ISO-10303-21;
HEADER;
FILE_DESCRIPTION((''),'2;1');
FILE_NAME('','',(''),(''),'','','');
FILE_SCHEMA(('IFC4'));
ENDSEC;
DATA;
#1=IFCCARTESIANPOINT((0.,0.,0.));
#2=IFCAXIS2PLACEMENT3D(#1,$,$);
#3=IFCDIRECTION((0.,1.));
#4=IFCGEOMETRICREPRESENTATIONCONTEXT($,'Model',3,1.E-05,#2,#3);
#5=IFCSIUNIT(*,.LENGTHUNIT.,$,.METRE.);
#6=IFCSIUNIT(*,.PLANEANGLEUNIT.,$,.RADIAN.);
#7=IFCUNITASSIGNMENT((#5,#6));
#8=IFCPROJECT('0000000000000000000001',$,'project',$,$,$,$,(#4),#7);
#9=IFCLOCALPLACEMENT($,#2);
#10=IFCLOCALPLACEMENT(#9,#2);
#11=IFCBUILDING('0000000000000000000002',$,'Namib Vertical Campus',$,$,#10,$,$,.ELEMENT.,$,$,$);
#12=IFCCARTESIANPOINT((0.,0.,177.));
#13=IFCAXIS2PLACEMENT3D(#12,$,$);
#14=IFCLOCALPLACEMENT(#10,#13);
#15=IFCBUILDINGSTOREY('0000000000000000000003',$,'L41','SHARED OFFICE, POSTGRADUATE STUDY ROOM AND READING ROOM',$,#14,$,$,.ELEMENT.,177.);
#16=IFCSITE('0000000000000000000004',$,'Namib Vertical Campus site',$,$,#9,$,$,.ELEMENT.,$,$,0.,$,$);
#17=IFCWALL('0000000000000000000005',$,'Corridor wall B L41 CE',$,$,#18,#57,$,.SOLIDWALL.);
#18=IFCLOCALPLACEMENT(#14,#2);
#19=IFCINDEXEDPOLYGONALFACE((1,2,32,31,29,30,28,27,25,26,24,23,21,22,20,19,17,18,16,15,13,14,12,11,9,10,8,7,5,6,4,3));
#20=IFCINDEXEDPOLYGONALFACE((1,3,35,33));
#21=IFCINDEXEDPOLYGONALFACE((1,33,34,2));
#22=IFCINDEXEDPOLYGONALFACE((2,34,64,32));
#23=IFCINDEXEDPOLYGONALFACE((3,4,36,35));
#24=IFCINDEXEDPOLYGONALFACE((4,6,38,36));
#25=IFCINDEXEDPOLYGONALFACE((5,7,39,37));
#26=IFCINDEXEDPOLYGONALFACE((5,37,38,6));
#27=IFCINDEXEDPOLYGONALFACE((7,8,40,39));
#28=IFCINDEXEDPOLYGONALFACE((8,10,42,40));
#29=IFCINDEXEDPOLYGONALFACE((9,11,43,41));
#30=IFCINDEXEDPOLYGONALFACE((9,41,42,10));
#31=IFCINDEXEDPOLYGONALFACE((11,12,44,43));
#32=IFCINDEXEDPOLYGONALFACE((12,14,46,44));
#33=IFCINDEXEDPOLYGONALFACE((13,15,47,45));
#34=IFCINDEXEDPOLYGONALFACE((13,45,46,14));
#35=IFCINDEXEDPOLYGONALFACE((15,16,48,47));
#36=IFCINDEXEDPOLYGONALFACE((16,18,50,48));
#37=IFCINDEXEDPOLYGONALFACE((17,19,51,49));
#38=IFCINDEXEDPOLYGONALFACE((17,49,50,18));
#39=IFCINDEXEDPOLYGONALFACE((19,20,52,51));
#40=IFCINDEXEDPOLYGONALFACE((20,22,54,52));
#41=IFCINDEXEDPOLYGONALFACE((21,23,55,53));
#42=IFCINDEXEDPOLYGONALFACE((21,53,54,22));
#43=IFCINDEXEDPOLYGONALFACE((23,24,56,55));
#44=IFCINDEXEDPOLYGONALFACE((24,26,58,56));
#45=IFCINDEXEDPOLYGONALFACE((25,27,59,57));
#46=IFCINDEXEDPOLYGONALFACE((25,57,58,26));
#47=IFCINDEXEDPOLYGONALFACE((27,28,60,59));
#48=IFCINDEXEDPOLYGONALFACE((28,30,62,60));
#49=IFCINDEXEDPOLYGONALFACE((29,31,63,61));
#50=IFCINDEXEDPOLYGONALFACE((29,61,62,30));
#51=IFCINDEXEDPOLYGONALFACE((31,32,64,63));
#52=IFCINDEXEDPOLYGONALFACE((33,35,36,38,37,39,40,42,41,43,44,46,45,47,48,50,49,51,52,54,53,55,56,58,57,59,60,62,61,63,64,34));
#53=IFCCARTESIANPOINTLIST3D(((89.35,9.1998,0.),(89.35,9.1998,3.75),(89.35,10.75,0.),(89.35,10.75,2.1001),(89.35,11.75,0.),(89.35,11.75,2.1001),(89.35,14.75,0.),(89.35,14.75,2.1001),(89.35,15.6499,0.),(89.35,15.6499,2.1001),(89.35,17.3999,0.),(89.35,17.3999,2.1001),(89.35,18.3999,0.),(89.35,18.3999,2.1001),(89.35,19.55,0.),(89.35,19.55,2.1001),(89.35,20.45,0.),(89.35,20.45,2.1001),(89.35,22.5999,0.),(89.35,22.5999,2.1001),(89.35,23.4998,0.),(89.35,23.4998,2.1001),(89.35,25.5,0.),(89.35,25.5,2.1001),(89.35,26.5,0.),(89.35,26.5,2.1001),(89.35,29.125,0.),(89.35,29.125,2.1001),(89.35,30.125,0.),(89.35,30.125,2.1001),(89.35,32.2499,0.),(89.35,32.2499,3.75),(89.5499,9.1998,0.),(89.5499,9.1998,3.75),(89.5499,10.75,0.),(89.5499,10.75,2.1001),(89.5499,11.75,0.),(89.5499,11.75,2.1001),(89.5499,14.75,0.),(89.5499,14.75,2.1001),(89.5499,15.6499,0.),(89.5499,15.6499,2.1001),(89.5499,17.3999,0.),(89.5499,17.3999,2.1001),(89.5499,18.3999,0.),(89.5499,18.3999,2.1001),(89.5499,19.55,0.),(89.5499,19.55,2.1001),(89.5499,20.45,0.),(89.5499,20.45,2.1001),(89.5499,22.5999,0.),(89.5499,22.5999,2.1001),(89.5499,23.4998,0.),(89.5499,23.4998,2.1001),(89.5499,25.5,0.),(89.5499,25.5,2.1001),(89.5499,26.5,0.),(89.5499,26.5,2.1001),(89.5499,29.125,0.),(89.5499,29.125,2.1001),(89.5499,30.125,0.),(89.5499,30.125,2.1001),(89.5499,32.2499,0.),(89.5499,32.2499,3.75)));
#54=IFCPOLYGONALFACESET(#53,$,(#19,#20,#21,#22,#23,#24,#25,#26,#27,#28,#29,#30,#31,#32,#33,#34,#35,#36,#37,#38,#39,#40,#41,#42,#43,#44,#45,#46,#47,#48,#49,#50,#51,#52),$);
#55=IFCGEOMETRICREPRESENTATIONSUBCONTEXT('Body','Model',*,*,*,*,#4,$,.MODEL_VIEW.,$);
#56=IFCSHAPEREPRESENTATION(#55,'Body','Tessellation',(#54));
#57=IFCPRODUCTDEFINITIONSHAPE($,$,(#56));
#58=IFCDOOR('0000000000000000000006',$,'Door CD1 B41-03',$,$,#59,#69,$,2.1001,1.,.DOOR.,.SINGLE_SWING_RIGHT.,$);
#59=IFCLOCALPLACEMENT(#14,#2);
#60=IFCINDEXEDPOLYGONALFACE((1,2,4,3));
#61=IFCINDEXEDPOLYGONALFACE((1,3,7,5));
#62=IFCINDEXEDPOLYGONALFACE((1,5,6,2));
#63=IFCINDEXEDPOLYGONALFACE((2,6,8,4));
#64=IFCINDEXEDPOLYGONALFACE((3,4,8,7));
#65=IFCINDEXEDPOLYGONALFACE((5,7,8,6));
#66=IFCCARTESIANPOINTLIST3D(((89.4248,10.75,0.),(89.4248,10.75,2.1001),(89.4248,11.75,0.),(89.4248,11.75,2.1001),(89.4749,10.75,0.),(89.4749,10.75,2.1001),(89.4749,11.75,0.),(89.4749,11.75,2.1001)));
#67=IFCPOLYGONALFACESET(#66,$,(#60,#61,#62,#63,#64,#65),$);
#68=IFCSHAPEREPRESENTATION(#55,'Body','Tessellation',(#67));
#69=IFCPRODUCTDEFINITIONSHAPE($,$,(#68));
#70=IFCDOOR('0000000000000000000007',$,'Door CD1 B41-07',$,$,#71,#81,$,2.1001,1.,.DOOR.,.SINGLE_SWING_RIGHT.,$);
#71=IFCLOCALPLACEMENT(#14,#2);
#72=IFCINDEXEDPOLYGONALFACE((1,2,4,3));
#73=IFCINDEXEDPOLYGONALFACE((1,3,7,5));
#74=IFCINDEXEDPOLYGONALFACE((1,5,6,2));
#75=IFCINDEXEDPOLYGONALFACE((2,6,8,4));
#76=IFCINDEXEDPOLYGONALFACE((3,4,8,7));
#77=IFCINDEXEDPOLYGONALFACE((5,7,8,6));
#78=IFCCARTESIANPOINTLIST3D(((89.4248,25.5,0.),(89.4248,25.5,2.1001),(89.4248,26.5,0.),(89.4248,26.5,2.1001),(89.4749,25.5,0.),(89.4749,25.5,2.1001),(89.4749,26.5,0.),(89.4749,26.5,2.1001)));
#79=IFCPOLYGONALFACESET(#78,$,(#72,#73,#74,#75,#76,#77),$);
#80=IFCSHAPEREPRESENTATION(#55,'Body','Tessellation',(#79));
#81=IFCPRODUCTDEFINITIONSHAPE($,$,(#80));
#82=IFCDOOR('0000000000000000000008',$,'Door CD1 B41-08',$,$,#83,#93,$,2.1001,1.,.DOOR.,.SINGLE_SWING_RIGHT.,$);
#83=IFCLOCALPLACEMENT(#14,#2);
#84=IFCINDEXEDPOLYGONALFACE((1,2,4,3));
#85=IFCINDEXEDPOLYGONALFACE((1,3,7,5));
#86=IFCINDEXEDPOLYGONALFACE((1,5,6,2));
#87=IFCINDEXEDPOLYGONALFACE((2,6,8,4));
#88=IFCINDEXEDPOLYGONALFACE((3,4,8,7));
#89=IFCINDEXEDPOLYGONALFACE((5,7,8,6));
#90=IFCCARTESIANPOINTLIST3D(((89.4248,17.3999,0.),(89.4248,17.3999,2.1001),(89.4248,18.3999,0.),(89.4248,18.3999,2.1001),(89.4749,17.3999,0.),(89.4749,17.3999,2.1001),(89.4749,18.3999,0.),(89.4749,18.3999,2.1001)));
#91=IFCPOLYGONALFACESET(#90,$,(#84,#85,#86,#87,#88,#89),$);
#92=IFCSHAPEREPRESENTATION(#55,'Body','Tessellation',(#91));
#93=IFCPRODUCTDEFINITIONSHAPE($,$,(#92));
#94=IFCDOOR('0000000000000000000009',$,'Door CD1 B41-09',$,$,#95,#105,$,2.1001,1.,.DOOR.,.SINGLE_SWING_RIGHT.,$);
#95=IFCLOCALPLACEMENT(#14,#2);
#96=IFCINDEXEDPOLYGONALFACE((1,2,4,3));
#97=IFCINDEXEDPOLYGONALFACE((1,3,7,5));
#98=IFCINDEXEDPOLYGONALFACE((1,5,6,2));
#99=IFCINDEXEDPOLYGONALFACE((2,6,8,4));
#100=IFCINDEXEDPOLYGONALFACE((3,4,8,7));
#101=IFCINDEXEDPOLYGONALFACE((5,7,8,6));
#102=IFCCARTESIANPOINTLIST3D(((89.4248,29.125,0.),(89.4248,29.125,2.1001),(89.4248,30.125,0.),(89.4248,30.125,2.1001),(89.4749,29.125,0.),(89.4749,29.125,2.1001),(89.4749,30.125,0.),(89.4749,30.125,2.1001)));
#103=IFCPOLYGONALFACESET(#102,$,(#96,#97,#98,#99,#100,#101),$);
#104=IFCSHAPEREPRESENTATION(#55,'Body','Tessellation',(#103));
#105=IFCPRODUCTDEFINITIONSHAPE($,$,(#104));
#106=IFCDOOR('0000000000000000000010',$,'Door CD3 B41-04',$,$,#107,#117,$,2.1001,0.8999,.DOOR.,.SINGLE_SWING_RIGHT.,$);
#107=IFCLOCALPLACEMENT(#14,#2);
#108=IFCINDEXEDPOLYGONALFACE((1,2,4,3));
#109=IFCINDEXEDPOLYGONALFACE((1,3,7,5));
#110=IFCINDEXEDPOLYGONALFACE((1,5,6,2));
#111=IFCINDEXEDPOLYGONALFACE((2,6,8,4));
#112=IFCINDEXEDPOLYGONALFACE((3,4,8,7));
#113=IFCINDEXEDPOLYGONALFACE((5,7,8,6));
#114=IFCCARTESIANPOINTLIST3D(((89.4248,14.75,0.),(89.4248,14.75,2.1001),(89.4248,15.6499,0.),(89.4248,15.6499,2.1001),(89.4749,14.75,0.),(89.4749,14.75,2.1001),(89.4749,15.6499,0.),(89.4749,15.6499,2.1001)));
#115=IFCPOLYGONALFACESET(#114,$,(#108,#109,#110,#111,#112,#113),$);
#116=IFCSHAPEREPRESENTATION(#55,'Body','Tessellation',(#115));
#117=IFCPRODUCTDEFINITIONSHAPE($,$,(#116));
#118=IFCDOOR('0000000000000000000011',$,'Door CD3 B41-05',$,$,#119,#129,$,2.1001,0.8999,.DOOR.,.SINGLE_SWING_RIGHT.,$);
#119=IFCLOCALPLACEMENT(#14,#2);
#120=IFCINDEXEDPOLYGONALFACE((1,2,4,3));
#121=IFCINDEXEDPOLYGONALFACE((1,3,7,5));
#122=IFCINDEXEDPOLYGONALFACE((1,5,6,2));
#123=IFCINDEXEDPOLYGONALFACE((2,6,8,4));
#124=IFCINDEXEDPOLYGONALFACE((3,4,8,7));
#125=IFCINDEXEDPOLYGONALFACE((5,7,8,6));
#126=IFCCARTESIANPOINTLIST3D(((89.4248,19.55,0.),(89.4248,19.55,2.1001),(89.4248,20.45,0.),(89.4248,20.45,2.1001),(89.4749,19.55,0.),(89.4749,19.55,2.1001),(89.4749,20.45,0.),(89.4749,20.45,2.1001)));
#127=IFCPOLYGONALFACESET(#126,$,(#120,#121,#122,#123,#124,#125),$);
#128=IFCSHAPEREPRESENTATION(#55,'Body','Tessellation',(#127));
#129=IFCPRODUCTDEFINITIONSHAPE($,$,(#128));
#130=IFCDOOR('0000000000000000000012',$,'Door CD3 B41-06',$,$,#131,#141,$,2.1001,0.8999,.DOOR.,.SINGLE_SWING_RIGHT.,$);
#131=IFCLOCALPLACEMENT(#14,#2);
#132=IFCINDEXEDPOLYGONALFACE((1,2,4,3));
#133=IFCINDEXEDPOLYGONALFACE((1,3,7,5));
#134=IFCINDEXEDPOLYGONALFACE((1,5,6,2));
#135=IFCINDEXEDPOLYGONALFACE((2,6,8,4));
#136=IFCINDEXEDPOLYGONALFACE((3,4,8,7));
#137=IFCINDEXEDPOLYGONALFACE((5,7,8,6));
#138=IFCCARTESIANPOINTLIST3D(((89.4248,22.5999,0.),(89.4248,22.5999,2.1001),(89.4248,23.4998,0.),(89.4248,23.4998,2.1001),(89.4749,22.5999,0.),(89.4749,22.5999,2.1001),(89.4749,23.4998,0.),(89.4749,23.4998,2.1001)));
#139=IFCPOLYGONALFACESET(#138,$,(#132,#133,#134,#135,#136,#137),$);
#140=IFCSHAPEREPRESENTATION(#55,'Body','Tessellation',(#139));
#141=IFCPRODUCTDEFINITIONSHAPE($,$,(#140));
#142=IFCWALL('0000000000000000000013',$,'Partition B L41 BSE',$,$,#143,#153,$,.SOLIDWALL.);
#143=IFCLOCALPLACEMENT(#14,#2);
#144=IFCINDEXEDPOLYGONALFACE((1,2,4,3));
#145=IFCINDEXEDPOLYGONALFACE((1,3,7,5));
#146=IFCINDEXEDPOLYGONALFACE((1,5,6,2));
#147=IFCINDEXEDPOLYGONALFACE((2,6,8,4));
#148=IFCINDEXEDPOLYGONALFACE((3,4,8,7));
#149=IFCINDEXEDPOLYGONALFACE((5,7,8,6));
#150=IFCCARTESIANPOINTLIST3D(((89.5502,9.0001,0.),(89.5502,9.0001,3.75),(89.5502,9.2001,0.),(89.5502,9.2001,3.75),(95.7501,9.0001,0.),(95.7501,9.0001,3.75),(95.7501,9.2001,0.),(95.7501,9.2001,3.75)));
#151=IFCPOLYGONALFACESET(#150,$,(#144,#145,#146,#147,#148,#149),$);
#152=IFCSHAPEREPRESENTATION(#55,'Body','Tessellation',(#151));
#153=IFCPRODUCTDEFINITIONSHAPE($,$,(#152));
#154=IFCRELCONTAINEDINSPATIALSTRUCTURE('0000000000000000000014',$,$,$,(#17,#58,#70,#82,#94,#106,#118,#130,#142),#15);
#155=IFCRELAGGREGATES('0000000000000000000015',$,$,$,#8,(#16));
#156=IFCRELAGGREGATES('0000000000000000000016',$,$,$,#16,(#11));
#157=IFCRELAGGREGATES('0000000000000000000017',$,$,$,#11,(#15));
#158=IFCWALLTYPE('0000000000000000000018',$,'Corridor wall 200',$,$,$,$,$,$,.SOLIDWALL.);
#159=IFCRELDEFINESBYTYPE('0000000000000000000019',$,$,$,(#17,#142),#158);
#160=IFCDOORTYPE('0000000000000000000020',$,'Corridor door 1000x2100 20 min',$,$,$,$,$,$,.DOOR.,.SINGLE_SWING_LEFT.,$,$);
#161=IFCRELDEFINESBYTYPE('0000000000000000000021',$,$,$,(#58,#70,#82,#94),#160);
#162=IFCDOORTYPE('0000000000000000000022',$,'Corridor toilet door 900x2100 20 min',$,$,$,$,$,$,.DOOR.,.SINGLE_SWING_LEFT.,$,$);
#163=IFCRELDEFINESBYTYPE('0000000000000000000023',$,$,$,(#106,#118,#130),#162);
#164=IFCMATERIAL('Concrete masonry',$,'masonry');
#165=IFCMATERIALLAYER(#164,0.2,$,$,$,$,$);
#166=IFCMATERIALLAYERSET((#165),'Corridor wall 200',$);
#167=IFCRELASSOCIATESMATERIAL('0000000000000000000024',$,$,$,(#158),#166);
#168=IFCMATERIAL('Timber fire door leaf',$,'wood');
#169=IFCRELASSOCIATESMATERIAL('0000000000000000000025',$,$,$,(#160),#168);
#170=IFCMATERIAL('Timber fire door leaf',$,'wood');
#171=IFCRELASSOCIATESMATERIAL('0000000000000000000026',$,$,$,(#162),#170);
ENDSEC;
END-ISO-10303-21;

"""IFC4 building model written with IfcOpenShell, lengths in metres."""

from ifc_helpers import new_model, si_unit, direction, frame, frame_2d, origin, place, context, subcontext, project, spatial, rectangle, extrude, material, layer, layer_set, type_object, element, fill, save


model = new_model("IFC4")

# Units and contexts
model_context = context("Model", 3, precision=1e-05, world=origin(), true_north=direction((0.0, 1.0)))
body_context = subcontext(model_context, "Body", "Model", "MODEL_VIEW")
ifc_project = project(units=[si_unit("LENGTHUNIT", "METRE"), si_unit("PLANEANGLEUNIT", "RADIAN")], contexts=[model_context])

# Site, building, storey
site_placement = place(None, origin())
site = spatial("IfcSite", under=ifc_project, at=site_placement, Name="Namib Vertical Campus site", CompositionType="ELEMENT", RefElevation=0.0)
building_placement = place(site_placement, origin())
building = spatial("IfcBuilding", under=site, at=building_placement, Name="Namib Vertical Campus", CompositionType="ELEMENT")
storey_placement = place(building_placement, frame((0.0, 0.0, 177.0)))
storey = spatial("IfcBuildingStorey", under=building, at=storey_placement, Name="L41", Description="SHARED OFFICE, POSTGRADUATE STUDY ROOM AND READING ROOM", CompositionType="ELEMENT", Elevation=177.0)

# Wall, openings, doors
ifc_material_1 = material(Name="Concrete masonry", Category="masonry")
ifc_layer_1 = layer(ifc_material_1, 0.2)
ifc_layer_set_1 = layer_set([ifc_layer_1], Name="Corridor wall 200")
wall_type_1 = type_object("IfcWallType", Name="Corridor wall 200", PredefinedType="SOLIDWALL", material=ifc_layer_set_1)
wall_1_placement = place(storey_placement, frame((89.45, 9.2, 0.0), z_axis=(0.0, 0.0, 1.0), x_axis=(0.0, 1.0, 0.0)))
wall_1 = element("IfcWall", 1, at=wall_1_placement, inside=storey, type_object=wall_type_1, Name="Corridor wall B L41 CE", PredefinedType="SOLIDWALL", context=body_context, shape_type="SweptSolid", body=[
    extrude(rectangle(XDim=23.05, YDim=0.2, at=frame_2d((11.5249, 0.0))), origin(), (0.0, 0.0, 1.0), 3.75),
])
opening_1_placement = place(wall_1_placement, frame((1.55, 0.0, 0.0)))
opening_1 = element("IfcOpeningElement", 2, at=opening_1_placement, cuts=wall_1, PredefinedType="OPENING", context=body_context, shape_type="SweptSolid", body=[
    extrude(rectangle(XDim=1.0, YDim=2.1001, at=frame_2d((0.5, 1.05))), frame((0.0, 0.1099, 0.0), z_axis=(0.0, -1.0, 0.0), x_axis=(1.0, 0.0, 0.0)), (0.0, 0.0, 1.0), 0.22),
])
opening_2_placement = place(wall_1_placement, frame((5.55, 0.0, 0.0)))
opening_2 = element("IfcOpeningElement", 3, at=opening_2_placement, cuts=wall_1, PredefinedType="OPENING", context=body_context, shape_type="SweptSolid", body=[
    extrude(rectangle(XDim=0.8999, YDim=2.1001, at=frame_2d((0.45, 1.05))), frame((0.0, 0.1099, 0.0), z_axis=(0.0, -1.0, 0.0), x_axis=(1.0, 0.0, 0.0)), (0.0, 0.0, 1.0), 0.22),
])
opening_3_placement = place(wall_1_placement, frame((10.3501, 0.0, 0.0)))
opening_3 = element("IfcOpeningElement", 4, at=opening_3_placement, cuts=wall_1, PredefinedType="OPENING", context=body_context, shape_type="SweptSolid", body=[
    extrude(rectangle(XDim=0.8999, YDim=2.1001, at=frame_2d((0.45, 1.05))), frame((0.0, 0.1099, 0.0), z_axis=(0.0, -1.0, 0.0), x_axis=(1.0, 0.0, 0.0)), (0.0, 0.0, 1.0), 0.22),
])
opening_4_placement = place(wall_1_placement, frame((13.3999, 0.0, 0.0)))
opening_4 = element("IfcOpeningElement", 5, at=opening_4_placement, cuts=wall_1, PredefinedType="OPENING", context=body_context, shape_type="SweptSolid", body=[
    extrude(rectangle(XDim=0.8999, YDim=2.1001, at=frame_2d((0.45, 1.05))), frame((0.0, 0.1099, 0.0), z_axis=(0.0, -1.0, 0.0), x_axis=(1.0, 0.0, 0.0)), (0.0, 0.0, 1.0), 0.22),
])
opening_5_placement = place(wall_1_placement, frame((16.3, 0.0, 0.0)))
opening_5 = element("IfcOpeningElement", 6, at=opening_5_placement, cuts=wall_1, PredefinedType="OPENING", context=body_context, shape_type="SweptSolid", body=[
    extrude(rectangle(XDim=1.0, YDim=2.1001, at=frame_2d((0.5, 1.05))), frame((0.0, 0.1099, 0.0), z_axis=(0.0, -1.0, 0.0), x_axis=(1.0, 0.0, 0.0)), (0.0, 0.0, 1.0), 0.22),
])
opening_6_placement = place(wall_1_placement, frame((8.2, 0.0, 0.0)))
opening_6 = element("IfcOpeningElement", 7, at=opening_6_placement, cuts=wall_1, PredefinedType="OPENING", context=body_context, shape_type="SweptSolid", body=[
    extrude(rectangle(XDim=1.0, YDim=2.1001, at=frame_2d((0.5, 1.05))), frame((0.0, 0.1099, 0.0), z_axis=(0.0, -1.0, 0.0), x_axis=(1.0, 0.0, 0.0)), (0.0, 0.0, 1.0), 0.22),
])
opening_7_placement = place(wall_1_placement, frame((19.925, 0.0, 0.0)))
opening_7 = element("IfcOpeningElement", 8, at=opening_7_placement, cuts=wall_1, PredefinedType="OPENING", context=body_context, shape_type="SweptSolid", body=[
    extrude(rectangle(XDim=1.0, YDim=2.1001, at=frame_2d((0.5, 1.05))), frame((0.0, 0.1099, 0.0), z_axis=(0.0, -1.0, 0.0), x_axis=(1.0, 0.0, 0.0)), (0.0, 0.0, 1.0), 0.22),
])
ifc_material_2 = material(Name="Timber fire door leaf", Category="wood")
door_type_1 = type_object("IfcDoorType", Name="Corridor door 1000x2100 20 min", OperationType="SINGLE_SWING_LEFT", PredefinedType="DOOR", material=ifc_material_2)
door_1_placement = place(opening_1_placement, frame((1.0, 0.0, 0.0), z_axis=(0.0, 0.0, 1.0), x_axis=(-1.0, 0.0, 0.0)))
door_1 = element("IfcDoor", 9, at=door_1_placement, inside=storey, type_object=door_type_1, Name="Door CD1 B41-03", OperationType="SINGLE_SWING_RIGHT", OverallHeight=2.1001, OverallWidth=1.0, PredefinedType="DOOR", context=body_context, shape_type="SweptSolid", body=[
    extrude(rectangle(XDim=1.0, YDim=2.1001, at=frame_2d((0.5, 1.05))), frame((0.0, 0.0249, 0.0), z_axis=(0.0, -1.0, 0.0), x_axis=(1.0, 0.0, 0.0)), (0.0, 0.0, 1.0), 0.05),
])
fill(opening_1, door_1)
door_2_placement = place(opening_5_placement, frame((1.0, 0.0, 0.0), z_axis=(0.0, 0.0, 1.0), x_axis=(-1.0, 0.0, 0.0)))
door_2 = element("IfcDoor", 10, at=door_2_placement, inside=storey, type_object=door_type_1, Name="Door CD1 B41-07", OperationType="SINGLE_SWING_RIGHT", OverallHeight=2.1001, OverallWidth=1.0, PredefinedType="DOOR", context=body_context, shape_type="SweptSolid", body=[
    extrude(rectangle(XDim=1.0, YDim=2.1001, at=frame_2d((0.5, 1.05))), frame((0.0, 0.0249, 0.0), z_axis=(0.0, -1.0, 0.0), x_axis=(1.0, 0.0, 0.0)), (0.0, 0.0, 1.0), 0.05),
])
fill(opening_5, door_2)
door_3_placement = place(opening_6_placement, frame((1.0, 0.0, 0.0), z_axis=(0.0, 0.0, 1.0), x_axis=(-1.0, 0.0, 0.0)))
door_3 = element("IfcDoor", 11, at=door_3_placement, inside=storey, type_object=door_type_1, Name="Door CD1 B41-08", OperationType="SINGLE_SWING_RIGHT", OverallHeight=2.1001, OverallWidth=1.0, PredefinedType="DOOR", context=body_context, shape_type="SweptSolid", body=[
    extrude(rectangle(XDim=1.0, YDim=2.1001, at=frame_2d((0.5, 1.05))), frame((0.0, 0.0249, 0.0), z_axis=(0.0, -1.0, 0.0), x_axis=(1.0, 0.0, 0.0)), (0.0, 0.0, 1.0), 0.05),
])
fill(opening_6, door_3)
door_4_placement = place(opening_7_placement, frame((1.0, 0.0, 0.0), z_axis=(0.0, 0.0, 1.0), x_axis=(-1.0, 0.0, 0.0)))
door_4 = element("IfcDoor", 12, at=door_4_placement, inside=storey, type_object=door_type_1, Name="Door CD1 B41-09", OperationType="SINGLE_SWING_RIGHT", OverallHeight=2.1001, OverallWidth=1.0, PredefinedType="DOOR", context=body_context, shape_type="SweptSolid", body=[
    extrude(rectangle(XDim=1.0, YDim=2.1001, at=frame_2d((0.5, 1.05))), frame((0.0, 0.0249, 0.0), z_axis=(0.0, -1.0, 0.0), x_axis=(1.0, 0.0, 0.0)), (0.0, 0.0, 1.0), 0.05),
])
fill(opening_7, door_4)
ifc_material_3 = material(Name="Timber fire door leaf", Category="wood")
door_type_2 = type_object("IfcDoorType", Name="Corridor toilet door 900x2100 20 min", OperationType="SINGLE_SWING_LEFT", PredefinedType="DOOR", material=ifc_material_3)
door_5_placement = place(opening_2_placement, frame((0.8999, 0.0, 0.0), z_axis=(0.0, 0.0, 1.0), x_axis=(-1.0, 0.0, 0.0)))
door_5 = element("IfcDoor", 13, at=door_5_placement, inside=storey, type_object=door_type_2, Name="Door CD3 B41-04", OperationType="SINGLE_SWING_RIGHT", OverallHeight=2.1001, OverallWidth=0.8999, PredefinedType="DOOR", context=body_context, shape_type="SweptSolid", body=[
    extrude(rectangle(XDim=0.8999, YDim=2.1001, at=frame_2d((0.45, 1.05))), frame((0.0, 0.0249, 0.0), z_axis=(0.0, -1.0, 0.0), x_axis=(1.0, 0.0, 0.0)), (0.0, 0.0, 1.0), 0.05),
])
fill(opening_2, door_5)
door_6_placement = place(opening_3_placement, frame((0.8999, 0.0, 0.0), z_axis=(0.0, 0.0, 1.0), x_axis=(-1.0, 0.0, 0.0)))
door_6 = element("IfcDoor", 14, at=door_6_placement, inside=storey, type_object=door_type_2, Name="Door CD3 B41-05", OperationType="SINGLE_SWING_RIGHT", OverallHeight=2.1001, OverallWidth=0.8999, PredefinedType="DOOR", context=body_context, shape_type="SweptSolid", body=[
    extrude(rectangle(XDim=0.8999, YDim=2.1001, at=frame_2d((0.45, 1.05))), frame((0.0, 0.0249, 0.0), z_axis=(0.0, -1.0, 0.0), x_axis=(1.0, 0.0, 0.0)), (0.0, 0.0, 1.0), 0.05),
])
fill(opening_3, door_6)
door_7_placement = place(opening_4_placement, frame((0.8999, 0.0, 0.0), z_axis=(0.0, 0.0, 1.0), x_axis=(-1.0, 0.0, 0.0)))
door_7 = element("IfcDoor", 15, at=door_7_placement, inside=storey, type_object=door_type_2, Name="Door CD3 B41-06", OperationType="SINGLE_SWING_RIGHT", OverallHeight=2.1001, OverallWidth=0.8999, PredefinedType="DOOR", context=body_context, shape_type="SweptSolid", body=[
    extrude(rectangle(XDim=0.8999, YDim=2.1001, at=frame_2d((0.45, 1.05))), frame((0.0, 0.0249, 0.0), z_axis=(0.0, -1.0, 0.0), x_axis=(1.0, 0.0, 0.0)), (0.0, 0.0, 1.0), 0.05),
])
fill(opening_4, door_7)

# Wall
wall_2_placement = place(storey_placement, frame((89.55, 9.1001, 0.0), z_axis=(0.0, 0.0, 1.0), x_axis=(1.0, 0.0, 0.0)))
element("IfcWall", 16, at=wall_2_placement, inside=storey, type_object=wall_type_1, Name="Partition B L41 BSE", PredefinedType="SOLIDWALL", context=body_context, shape_type="SweptSolid", body=[
    extrude(rectangle(XDim=6.2, YDim=0.2, at=frame_2d((3.1001, 0.0))), origin(), (0.0, 0.0, 1.0), 3.75),
])

save(model, "model.ifc")
